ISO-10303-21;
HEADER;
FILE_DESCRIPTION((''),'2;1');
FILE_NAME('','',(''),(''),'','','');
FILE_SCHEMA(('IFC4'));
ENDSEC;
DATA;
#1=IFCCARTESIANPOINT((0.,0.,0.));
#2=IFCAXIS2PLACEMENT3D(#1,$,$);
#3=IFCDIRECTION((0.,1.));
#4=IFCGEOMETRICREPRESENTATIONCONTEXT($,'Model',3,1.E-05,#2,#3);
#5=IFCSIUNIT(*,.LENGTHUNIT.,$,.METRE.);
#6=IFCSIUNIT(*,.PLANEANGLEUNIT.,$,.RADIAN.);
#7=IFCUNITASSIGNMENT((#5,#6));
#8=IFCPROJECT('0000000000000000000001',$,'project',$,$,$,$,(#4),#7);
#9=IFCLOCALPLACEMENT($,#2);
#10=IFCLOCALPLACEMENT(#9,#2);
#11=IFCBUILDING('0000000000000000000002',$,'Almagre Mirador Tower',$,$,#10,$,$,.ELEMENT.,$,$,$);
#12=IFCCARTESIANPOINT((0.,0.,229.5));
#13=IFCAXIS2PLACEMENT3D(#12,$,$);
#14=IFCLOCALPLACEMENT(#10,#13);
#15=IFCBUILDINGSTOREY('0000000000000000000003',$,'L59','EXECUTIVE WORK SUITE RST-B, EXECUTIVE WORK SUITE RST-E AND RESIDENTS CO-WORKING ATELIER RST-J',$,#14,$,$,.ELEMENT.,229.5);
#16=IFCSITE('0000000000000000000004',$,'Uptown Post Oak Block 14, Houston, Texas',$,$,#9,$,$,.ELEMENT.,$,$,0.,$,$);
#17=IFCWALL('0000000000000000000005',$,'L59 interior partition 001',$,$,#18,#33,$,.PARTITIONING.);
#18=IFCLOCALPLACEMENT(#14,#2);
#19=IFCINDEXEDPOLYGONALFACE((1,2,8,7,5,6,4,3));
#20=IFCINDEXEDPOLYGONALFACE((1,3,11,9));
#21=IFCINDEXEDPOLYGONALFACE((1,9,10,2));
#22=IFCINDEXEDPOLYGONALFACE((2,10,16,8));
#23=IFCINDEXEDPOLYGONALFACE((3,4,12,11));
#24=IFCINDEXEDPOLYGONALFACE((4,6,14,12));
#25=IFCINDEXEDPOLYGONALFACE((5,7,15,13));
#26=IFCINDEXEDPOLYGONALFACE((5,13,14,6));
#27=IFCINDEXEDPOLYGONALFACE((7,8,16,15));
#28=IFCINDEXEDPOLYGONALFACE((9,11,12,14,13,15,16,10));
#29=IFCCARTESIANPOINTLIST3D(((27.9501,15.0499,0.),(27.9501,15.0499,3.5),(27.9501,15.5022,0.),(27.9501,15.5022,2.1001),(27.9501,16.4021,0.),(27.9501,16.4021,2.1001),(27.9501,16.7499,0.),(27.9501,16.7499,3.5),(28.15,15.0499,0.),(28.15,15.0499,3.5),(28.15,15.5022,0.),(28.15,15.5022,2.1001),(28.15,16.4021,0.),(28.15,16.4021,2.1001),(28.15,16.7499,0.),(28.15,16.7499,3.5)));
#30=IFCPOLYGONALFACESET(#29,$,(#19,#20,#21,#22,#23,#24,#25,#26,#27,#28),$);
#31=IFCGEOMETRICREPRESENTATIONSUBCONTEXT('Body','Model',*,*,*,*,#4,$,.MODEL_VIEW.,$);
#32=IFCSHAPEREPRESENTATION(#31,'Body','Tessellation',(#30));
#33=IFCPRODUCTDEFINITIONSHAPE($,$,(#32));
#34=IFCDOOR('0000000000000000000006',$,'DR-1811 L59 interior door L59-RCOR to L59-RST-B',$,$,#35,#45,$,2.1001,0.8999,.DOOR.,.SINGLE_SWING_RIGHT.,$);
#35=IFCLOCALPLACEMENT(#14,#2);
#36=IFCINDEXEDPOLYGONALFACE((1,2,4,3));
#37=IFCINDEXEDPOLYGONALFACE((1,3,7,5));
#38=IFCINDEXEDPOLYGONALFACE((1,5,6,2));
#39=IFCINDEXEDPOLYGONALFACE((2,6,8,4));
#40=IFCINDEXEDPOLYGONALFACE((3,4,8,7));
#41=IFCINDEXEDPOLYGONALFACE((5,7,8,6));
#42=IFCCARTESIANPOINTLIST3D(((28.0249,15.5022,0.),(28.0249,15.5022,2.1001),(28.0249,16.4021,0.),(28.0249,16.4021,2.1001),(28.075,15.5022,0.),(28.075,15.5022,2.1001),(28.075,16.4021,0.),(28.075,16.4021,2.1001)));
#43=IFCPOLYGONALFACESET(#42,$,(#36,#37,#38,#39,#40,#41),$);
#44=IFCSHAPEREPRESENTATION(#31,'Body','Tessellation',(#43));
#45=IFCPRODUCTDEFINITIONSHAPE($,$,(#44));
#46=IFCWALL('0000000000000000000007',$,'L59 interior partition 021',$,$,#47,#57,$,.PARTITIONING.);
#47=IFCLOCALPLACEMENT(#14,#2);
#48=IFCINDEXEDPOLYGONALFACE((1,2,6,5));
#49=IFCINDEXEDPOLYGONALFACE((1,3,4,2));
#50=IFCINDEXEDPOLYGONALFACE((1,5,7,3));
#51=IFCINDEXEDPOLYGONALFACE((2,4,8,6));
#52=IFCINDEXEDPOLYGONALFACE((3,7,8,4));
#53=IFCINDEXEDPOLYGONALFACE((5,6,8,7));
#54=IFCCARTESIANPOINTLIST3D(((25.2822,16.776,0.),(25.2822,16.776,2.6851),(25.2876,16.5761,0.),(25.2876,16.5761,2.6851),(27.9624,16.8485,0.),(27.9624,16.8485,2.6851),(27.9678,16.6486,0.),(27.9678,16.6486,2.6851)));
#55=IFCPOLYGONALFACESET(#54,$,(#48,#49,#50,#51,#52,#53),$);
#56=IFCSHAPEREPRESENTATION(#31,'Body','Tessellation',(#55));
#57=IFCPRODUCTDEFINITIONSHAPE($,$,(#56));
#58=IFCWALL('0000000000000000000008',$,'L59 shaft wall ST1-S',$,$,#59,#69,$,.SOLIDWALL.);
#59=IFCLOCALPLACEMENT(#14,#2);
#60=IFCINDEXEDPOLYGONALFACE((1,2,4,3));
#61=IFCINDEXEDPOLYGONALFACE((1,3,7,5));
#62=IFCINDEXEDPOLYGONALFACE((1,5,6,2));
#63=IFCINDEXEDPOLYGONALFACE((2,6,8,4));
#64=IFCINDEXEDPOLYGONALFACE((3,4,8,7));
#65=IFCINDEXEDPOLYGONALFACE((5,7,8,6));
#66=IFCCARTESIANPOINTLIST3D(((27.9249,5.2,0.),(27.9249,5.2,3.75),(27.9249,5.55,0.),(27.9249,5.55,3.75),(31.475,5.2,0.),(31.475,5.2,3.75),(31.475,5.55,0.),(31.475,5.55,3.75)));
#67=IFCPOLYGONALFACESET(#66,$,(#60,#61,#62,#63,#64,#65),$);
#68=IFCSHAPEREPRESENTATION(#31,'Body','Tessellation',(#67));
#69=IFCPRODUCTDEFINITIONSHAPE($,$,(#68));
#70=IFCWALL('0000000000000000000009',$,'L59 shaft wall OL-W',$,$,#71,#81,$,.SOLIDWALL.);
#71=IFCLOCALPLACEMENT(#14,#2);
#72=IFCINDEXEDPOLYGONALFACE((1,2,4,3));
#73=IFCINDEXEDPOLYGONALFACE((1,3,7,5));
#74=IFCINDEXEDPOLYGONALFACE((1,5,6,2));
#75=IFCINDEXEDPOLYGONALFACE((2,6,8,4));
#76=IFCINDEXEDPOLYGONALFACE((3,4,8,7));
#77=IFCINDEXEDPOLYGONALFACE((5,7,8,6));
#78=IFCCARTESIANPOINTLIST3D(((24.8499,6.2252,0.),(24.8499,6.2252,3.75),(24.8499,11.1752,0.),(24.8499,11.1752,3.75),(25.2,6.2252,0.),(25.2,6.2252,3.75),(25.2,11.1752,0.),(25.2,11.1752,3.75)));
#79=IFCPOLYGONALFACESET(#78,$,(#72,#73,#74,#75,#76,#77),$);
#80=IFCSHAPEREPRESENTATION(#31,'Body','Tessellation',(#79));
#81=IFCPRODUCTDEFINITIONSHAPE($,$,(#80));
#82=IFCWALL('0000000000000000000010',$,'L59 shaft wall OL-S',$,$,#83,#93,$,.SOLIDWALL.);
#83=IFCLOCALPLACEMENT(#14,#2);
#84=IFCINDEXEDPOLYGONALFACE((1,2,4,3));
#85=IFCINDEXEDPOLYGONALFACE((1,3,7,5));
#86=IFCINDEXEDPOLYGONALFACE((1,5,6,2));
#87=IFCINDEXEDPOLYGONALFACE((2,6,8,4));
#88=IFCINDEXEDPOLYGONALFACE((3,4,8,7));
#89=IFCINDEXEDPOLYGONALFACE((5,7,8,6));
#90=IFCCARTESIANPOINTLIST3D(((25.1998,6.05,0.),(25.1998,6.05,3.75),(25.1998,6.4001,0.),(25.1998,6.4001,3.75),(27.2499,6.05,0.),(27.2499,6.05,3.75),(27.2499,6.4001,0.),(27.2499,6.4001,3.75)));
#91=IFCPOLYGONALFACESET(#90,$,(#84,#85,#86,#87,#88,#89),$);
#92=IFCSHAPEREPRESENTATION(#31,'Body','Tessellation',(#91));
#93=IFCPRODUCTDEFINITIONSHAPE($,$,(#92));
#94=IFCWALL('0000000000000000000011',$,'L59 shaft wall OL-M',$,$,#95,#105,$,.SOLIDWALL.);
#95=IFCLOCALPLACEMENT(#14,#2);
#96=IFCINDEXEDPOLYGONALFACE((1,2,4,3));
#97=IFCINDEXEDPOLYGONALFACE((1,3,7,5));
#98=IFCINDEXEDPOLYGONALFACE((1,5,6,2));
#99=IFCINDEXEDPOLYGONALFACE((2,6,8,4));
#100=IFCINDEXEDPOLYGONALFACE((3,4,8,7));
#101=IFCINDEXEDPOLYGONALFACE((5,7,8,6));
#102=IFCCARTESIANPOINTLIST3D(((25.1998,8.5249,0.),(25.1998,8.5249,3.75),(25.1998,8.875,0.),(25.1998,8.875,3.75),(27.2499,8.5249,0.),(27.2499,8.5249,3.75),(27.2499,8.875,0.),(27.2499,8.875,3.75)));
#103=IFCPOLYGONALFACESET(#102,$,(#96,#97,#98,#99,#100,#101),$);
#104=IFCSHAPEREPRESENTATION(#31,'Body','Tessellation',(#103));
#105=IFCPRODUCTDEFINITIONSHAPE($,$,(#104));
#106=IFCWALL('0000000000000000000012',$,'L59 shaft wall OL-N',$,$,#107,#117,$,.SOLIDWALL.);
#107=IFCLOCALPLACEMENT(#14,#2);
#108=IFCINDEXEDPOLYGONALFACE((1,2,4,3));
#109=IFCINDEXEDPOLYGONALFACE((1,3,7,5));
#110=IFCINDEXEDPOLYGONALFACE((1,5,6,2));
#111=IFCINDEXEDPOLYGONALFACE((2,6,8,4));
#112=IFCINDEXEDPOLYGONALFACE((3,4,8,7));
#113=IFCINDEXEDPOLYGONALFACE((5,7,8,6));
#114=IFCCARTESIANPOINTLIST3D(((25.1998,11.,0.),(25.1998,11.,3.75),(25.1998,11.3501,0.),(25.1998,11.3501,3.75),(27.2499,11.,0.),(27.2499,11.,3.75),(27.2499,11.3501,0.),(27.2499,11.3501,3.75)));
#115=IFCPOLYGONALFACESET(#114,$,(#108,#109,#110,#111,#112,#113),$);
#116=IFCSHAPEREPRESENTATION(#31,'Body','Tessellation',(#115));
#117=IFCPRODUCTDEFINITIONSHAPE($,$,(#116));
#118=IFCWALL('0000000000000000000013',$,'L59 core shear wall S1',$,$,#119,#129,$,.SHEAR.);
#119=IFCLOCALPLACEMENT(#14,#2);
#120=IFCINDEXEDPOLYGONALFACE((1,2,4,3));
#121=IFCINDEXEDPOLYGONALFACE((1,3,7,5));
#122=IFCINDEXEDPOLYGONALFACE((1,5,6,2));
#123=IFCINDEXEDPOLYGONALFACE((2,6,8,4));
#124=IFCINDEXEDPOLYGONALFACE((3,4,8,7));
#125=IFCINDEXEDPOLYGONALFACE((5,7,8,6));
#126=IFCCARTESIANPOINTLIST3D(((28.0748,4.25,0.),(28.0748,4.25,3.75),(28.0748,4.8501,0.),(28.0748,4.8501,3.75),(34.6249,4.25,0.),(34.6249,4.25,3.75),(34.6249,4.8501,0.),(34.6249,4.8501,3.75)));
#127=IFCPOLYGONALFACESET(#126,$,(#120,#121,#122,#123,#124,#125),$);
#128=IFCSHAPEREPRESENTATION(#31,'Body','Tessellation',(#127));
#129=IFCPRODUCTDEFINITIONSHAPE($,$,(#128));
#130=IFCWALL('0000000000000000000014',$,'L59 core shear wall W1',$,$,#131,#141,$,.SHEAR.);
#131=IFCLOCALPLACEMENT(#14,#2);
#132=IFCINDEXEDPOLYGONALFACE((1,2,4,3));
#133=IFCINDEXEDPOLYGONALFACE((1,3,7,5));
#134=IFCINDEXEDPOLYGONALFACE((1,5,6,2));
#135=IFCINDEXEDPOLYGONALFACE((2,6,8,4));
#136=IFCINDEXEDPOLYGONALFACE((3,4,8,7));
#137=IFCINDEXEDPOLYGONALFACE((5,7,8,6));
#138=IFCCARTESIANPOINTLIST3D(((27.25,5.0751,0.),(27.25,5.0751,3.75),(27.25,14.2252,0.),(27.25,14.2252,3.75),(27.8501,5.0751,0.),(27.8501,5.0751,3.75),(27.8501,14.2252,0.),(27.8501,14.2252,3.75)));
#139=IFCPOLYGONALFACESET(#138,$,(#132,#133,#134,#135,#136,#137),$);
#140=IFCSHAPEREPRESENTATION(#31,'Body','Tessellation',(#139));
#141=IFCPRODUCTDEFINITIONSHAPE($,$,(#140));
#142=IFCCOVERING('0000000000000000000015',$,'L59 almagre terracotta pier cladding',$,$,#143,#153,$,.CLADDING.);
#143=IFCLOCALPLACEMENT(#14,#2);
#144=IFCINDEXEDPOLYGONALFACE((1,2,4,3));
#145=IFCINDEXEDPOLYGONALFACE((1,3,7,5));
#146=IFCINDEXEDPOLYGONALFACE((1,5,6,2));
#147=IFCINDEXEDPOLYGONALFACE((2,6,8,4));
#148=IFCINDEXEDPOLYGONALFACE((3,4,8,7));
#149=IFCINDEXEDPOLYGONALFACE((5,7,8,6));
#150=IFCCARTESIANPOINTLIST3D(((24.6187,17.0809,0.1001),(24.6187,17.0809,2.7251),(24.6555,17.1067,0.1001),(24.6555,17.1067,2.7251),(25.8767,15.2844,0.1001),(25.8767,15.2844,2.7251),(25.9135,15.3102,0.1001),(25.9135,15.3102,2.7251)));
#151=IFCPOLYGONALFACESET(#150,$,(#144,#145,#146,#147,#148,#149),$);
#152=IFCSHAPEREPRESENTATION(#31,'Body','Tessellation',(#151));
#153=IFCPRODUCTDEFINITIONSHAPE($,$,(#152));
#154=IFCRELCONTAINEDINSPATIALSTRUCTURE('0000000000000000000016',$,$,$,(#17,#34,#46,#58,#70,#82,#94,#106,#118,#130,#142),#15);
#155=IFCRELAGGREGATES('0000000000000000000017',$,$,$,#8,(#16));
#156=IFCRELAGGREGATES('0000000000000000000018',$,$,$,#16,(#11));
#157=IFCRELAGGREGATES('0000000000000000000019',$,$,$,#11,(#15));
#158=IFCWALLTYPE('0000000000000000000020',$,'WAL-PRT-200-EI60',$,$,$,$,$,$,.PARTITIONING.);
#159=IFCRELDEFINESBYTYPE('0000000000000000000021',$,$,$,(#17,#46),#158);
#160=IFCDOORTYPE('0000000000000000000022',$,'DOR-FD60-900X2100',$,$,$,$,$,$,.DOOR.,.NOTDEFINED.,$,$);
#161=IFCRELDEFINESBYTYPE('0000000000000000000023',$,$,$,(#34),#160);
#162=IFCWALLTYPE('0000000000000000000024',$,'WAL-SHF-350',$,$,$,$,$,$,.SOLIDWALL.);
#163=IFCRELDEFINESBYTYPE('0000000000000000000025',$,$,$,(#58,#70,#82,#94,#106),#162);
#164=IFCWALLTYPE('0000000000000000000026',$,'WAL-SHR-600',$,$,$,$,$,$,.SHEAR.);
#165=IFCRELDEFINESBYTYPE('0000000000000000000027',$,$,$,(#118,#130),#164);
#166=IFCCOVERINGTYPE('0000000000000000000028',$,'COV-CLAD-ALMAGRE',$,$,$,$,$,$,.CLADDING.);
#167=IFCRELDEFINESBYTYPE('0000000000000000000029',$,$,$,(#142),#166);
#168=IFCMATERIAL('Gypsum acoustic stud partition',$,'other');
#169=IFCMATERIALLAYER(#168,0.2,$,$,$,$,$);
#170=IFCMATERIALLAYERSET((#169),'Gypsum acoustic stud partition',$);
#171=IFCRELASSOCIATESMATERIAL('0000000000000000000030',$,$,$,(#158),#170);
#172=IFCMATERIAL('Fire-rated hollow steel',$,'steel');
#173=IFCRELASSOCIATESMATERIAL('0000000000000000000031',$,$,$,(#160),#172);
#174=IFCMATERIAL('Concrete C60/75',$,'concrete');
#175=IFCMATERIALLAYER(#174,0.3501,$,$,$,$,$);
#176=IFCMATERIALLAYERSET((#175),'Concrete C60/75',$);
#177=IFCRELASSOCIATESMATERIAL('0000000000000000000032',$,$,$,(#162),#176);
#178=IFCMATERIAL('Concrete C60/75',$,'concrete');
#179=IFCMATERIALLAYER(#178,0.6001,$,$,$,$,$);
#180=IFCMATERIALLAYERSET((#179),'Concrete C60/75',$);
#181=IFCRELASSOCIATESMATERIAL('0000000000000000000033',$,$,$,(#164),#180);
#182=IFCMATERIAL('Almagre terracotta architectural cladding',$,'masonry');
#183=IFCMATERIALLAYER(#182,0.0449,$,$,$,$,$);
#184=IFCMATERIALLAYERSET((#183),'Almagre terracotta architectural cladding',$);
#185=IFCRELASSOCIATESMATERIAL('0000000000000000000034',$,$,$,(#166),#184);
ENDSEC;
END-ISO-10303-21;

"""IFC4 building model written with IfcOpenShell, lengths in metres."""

from ifc_helpers import new_model, si_unit, direction, frame, frame_2d, origin, origin_2d, place, context, subcontext, project, spatial, rectangle, extrude, material, layer, layer_set, type_object, element, fill, save


model = new_model("IFC4")

# Units and contexts
model_context = context("Model", 3, precision=1e-05, world=origin(), true_north=direction((0.0, 1.0)))
body_context = subcontext(model_context, "Body", "Model", "MODEL_VIEW")
ifc_project = project(units=[si_unit("LENGTHUNIT", "METRE"), si_unit("PLANEANGLEUNIT", "RADIAN")], contexts=[model_context])

# Site, building, storey
site_placement = place(None, origin())
site = spatial("IfcSite", under=ifc_project, at=site_placement, Name="Uptown Post Oak Block 14, Houston, Texas", CompositionType="ELEMENT", RefElevation=0.0)
building_placement = place(site_placement, origin())
building = spatial("IfcBuilding", under=site, at=building_placement, Name="Almagre Mirador Tower", CompositionType="ELEMENT")
storey_placement = place(building_placement, frame((0.0, 0.0, 229.5)))
storey = spatial("IfcBuildingStorey", under=building, at=storey_placement, Name="L59", Description="EXECUTIVE WORK SUITE RST-B, EXECUTIVE WORK SUITE RST-E AND RESIDENTS CO-WORKING ATELIER RST-J", CompositionType="ELEMENT", Elevation=229.5)

# Wall, opening, door
ifc_material_1 = material(Name="Gypsum acoustic stud partition", Category="other")
ifc_layer_1 = layer(ifc_material_1, 0.2)
ifc_layer_set_1 = layer_set([ifc_layer_1], Name="Gypsum acoustic stud partition")
wall_type_1 = type_object("IfcWallType", Name="WAL-PRT-200-EI60", PredefinedType="PARTITIONING", material=ifc_layer_set_1)
wall_1_placement = place(storey_placement, frame((28.05, 16.75, 0.0), z_axis=(0.0, 0.0, 1.0), x_axis=(0.0, -1.0, 0.0)))
wall_1 = element("IfcWall", 1, at=wall_1_placement, inside=storey, type_object=wall_type_1, Name="L59 interior partition 001", PredefinedType="PARTITIONING", context=body_context, shape_type="SweptSolid", body=[
    extrude(rectangle(XDim=1.7, YDim=0.2, at=frame_2d((0.8501, 0.0))), origin(), (0.0, 0.0, 1.0), 3.5),
])
opening_1_placement = place(wall_1_placement, frame((0.3479, 0.0, 0.0)))
opening_1 = element("IfcOpeningElement", 2, at=opening_1_placement, cuts=wall_1, PredefinedType="OPENING", context=body_context, shape_type="SweptSolid", body=[
    extrude(rectangle(XDim=0.8999, YDim=2.1001, at=frame_2d((0.45, 1.05))), frame((0.0, 0.1101, 0.0), z_axis=(0.0, -1.0, 0.0), x_axis=(1.0, 0.0, 0.0)), (0.0, 0.0, 1.0), 0.22),
])
ifc_material_2 = material(Name="Fire-rated hollow steel", Category="steel")
door_type_1 = type_object("IfcDoorType", Name="DOR-FD60-900X2100", OperationType="NOTDEFINED", PredefinedType="DOOR", material=ifc_material_2)
door_1_placement = place(opening_1_placement, origin())
door_1 = element("IfcDoor", 3, at=door_1_placement, inside=storey, type_object=door_type_1, Name="DR-1811 L59 interior door L59-RCOR to L59-RST-B", OperationType="SINGLE_SWING_RIGHT", OverallHeight=2.1001, OverallWidth=0.8999, PredefinedType="DOOR", context=body_context, shape_type="SweptSolid", body=[
    extrude(rectangle(XDim=0.8999, YDim=2.1001, at=frame_2d((0.45, 1.05))), frame((0.0, 0.0249, 0.0), z_axis=(0.0, -1.0, 0.0), x_axis=(1.0, 0.0, 0.0)), (0.0, 0.0, 1.0), 0.05),
])
fill(opening_1, door_1)

# Walls
wall_2_placement = place(storey_placement, frame((27.9651, 16.7485, 0.0), z_axis=(0.0, 0.0, 1.0), x_axis=(-0.999634, -0.027044, 0.0)))
element("IfcWall", 4, at=wall_2_placement, inside=storey, type_object=wall_type_1, Name="L59 interior partition 021", PredefinedType="PARTITIONING", context=body_context, shape_type="SweptSolid", body=[
    extrude(rectangle(XDim=2.6812, YDim=0.2, at=frame_2d((1.3406, 0.0))), origin(), (0.0, 0.0, 1.0), 2.6851),
])
ifc_material_3 = material(Name="Concrete C60/75", Category="concrete")
ifc_layer_2 = layer(ifc_material_3, 0.3501)
ifc_layer_set_2 = layer_set([ifc_layer_2], Name="Concrete C60/75")
wall_type_2 = type_object("IfcWallType", Name="WAL-SHF-350", PredefinedType="SOLIDWALL", material=ifc_layer_set_2)
wall_3_placement = place(storey_placement, frame((27.925, 5.375, 0.0), z_axis=(0.0, 0.0, 1.0), x_axis=(1.0, 0.0, 0.0)))
element("IfcWall", 5, at=wall_3_placement, inside=storey, type_object=wall_type_2, Name="L59 shaft wall ST1-S", PredefinedType="SOLIDWALL", context=body_context, shape_type="SweptSolid", body=[
    extrude(rectangle(XDim=3.55, YDim=0.3501, at=frame_2d((1.7749, 0.0))), origin(), (0.0, 0.0, 1.0), 3.75),
])
wall_4_placement = place(storey_placement, frame((25.0249, 6.2251, 0.0), z_axis=(0.0, 0.0, 1.0), x_axis=(0.0, 1.0, 0.0)))
element("IfcWall", 6, at=wall_4_placement, inside=storey, type_object=wall_type_2, Name="L59 shaft wall OL-W", PredefinedType="SOLIDWALL", context=body_context, shape_type="SweptSolid", body=[
    extrude(rectangle(XDim=4.95, YDim=0.3501, at=frame_2d((2.4751, 0.0))), origin(), (0.0, 0.0, 1.0), 3.75),
])
for number, where, z_axis, x_axis, name in (
    (7, (25.2, 6.2251, 0.0), (0.0, 0.0, 1.0), (1.0, 0.0, 0.0), "L59 shaft wall OL-S"),
    (8, (25.2, 8.7, 0.0), (0.0, 0.0, 1.0), (1.0, 0.0, 0.0), "L59 shaft wall OL-M"),
    (9, (25.2, 11.175, 0.0), (0.0, 0.0, 1.0), (1.0, 0.0, 0.0), "L59 shaft wall OL-N"),
):
    element("IfcWall", number, at=place(storey_placement, frame(where, z_axis=z_axis, x_axis=x_axis)), inside=storey, type_object=wall_type_2, Name=name, PredefinedType="SOLIDWALL", context=body_context, shape_type="SweptSolid", body=[
        extrude(rectangle(XDim=2.05, YDim=0.3501, at=frame_2d((1.0249, 0.0))), origin(), (0.0, 0.0, 1.0), 3.75),
    ])
ifc_material_4 = material(Name="Concrete C60/75", Category="concrete")
ifc_layer_3 = layer(ifc_material_4, 0.6001)
ifc_layer_set_3 = layer_set([ifc_layer_3], Name="Concrete C60/75")
wall_type_3 = type_object("IfcWallType", Name="WAL-SHR-600", PredefinedType="SHEAR", material=ifc_layer_set_3)
wall_5_placement = place(storey_placement, frame((28.075, 4.55, 0.0), z_axis=(0.0, 0.0, 1.0), x_axis=(1.0, 0.0, 0.0)))
element("IfcWall", 10, at=wall_5_placement, inside=storey, type_object=wall_type_3, Name="L59 core shear wall S1", PredefinedType="SHEAR", context=body_context, shape_type="SweptSolid", body=[
    extrude(rectangle(XDim=6.55, YDim=0.6001, at=frame_2d((3.2749, 0.0))), origin(), (0.0, 0.0, 1.0), 3.75),
])

# Wall
wall_6_placement = place(storey_placement, frame((27.55, 5.075, 0.0), z_axis=(0.0, 0.0, 1.0), x_axis=(0.0, 1.0, 0.0)))
element("IfcWall", 11, at=wall_6_placement, inside=storey, type_object=wall_type_3, Name="L59 core shear wall W1", PredefinedType="SHEAR", context=body_context, shape_type="SweptSolid", body=[
    extrude(rectangle(XDim=9.1501, YDim=0.6001, at=frame_2d((4.5752, 0.0))), origin(), (0.0, 0.0, 1.0), 3.75),
])

# Covering
ifc_material_5 = material(Name="Almagre terracotta architectural cladding", Category="masonry")
ifc_layer_4 = layer(ifc_material_5, 0.0449)
ifc_layer_set_4 = layer_set([ifc_layer_4], Name="Almagre terracotta architectural cladding")
covering_type = type_object("IfcCoveringType", Name="COV-CLAD-ALMAGRE", PredefinedType="CLADDING", material=ifc_layer_set_4)
covering_placement = place(storey_placement, frame((25.2661, 16.1956, 0.1001), z_axis=(0.0, 0.0, 1.0), x_axis=(-0.573591, 0.819142, 0.0)))
element("IfcCovering", 12, at=covering_placement, inside=storey, type_object=covering_type, Name="L59 almagre terracotta pier cladding", PredefinedType="CLADDING", context=body_context, shape_type="SweptSolid", body=[
    extrude(rectangle(XDim=2.1931, YDim=0.0449, at=origin_2d()), origin(), (0.0, 0.0, 1.0), 2.625),
])

save(model, "model.ifc")
